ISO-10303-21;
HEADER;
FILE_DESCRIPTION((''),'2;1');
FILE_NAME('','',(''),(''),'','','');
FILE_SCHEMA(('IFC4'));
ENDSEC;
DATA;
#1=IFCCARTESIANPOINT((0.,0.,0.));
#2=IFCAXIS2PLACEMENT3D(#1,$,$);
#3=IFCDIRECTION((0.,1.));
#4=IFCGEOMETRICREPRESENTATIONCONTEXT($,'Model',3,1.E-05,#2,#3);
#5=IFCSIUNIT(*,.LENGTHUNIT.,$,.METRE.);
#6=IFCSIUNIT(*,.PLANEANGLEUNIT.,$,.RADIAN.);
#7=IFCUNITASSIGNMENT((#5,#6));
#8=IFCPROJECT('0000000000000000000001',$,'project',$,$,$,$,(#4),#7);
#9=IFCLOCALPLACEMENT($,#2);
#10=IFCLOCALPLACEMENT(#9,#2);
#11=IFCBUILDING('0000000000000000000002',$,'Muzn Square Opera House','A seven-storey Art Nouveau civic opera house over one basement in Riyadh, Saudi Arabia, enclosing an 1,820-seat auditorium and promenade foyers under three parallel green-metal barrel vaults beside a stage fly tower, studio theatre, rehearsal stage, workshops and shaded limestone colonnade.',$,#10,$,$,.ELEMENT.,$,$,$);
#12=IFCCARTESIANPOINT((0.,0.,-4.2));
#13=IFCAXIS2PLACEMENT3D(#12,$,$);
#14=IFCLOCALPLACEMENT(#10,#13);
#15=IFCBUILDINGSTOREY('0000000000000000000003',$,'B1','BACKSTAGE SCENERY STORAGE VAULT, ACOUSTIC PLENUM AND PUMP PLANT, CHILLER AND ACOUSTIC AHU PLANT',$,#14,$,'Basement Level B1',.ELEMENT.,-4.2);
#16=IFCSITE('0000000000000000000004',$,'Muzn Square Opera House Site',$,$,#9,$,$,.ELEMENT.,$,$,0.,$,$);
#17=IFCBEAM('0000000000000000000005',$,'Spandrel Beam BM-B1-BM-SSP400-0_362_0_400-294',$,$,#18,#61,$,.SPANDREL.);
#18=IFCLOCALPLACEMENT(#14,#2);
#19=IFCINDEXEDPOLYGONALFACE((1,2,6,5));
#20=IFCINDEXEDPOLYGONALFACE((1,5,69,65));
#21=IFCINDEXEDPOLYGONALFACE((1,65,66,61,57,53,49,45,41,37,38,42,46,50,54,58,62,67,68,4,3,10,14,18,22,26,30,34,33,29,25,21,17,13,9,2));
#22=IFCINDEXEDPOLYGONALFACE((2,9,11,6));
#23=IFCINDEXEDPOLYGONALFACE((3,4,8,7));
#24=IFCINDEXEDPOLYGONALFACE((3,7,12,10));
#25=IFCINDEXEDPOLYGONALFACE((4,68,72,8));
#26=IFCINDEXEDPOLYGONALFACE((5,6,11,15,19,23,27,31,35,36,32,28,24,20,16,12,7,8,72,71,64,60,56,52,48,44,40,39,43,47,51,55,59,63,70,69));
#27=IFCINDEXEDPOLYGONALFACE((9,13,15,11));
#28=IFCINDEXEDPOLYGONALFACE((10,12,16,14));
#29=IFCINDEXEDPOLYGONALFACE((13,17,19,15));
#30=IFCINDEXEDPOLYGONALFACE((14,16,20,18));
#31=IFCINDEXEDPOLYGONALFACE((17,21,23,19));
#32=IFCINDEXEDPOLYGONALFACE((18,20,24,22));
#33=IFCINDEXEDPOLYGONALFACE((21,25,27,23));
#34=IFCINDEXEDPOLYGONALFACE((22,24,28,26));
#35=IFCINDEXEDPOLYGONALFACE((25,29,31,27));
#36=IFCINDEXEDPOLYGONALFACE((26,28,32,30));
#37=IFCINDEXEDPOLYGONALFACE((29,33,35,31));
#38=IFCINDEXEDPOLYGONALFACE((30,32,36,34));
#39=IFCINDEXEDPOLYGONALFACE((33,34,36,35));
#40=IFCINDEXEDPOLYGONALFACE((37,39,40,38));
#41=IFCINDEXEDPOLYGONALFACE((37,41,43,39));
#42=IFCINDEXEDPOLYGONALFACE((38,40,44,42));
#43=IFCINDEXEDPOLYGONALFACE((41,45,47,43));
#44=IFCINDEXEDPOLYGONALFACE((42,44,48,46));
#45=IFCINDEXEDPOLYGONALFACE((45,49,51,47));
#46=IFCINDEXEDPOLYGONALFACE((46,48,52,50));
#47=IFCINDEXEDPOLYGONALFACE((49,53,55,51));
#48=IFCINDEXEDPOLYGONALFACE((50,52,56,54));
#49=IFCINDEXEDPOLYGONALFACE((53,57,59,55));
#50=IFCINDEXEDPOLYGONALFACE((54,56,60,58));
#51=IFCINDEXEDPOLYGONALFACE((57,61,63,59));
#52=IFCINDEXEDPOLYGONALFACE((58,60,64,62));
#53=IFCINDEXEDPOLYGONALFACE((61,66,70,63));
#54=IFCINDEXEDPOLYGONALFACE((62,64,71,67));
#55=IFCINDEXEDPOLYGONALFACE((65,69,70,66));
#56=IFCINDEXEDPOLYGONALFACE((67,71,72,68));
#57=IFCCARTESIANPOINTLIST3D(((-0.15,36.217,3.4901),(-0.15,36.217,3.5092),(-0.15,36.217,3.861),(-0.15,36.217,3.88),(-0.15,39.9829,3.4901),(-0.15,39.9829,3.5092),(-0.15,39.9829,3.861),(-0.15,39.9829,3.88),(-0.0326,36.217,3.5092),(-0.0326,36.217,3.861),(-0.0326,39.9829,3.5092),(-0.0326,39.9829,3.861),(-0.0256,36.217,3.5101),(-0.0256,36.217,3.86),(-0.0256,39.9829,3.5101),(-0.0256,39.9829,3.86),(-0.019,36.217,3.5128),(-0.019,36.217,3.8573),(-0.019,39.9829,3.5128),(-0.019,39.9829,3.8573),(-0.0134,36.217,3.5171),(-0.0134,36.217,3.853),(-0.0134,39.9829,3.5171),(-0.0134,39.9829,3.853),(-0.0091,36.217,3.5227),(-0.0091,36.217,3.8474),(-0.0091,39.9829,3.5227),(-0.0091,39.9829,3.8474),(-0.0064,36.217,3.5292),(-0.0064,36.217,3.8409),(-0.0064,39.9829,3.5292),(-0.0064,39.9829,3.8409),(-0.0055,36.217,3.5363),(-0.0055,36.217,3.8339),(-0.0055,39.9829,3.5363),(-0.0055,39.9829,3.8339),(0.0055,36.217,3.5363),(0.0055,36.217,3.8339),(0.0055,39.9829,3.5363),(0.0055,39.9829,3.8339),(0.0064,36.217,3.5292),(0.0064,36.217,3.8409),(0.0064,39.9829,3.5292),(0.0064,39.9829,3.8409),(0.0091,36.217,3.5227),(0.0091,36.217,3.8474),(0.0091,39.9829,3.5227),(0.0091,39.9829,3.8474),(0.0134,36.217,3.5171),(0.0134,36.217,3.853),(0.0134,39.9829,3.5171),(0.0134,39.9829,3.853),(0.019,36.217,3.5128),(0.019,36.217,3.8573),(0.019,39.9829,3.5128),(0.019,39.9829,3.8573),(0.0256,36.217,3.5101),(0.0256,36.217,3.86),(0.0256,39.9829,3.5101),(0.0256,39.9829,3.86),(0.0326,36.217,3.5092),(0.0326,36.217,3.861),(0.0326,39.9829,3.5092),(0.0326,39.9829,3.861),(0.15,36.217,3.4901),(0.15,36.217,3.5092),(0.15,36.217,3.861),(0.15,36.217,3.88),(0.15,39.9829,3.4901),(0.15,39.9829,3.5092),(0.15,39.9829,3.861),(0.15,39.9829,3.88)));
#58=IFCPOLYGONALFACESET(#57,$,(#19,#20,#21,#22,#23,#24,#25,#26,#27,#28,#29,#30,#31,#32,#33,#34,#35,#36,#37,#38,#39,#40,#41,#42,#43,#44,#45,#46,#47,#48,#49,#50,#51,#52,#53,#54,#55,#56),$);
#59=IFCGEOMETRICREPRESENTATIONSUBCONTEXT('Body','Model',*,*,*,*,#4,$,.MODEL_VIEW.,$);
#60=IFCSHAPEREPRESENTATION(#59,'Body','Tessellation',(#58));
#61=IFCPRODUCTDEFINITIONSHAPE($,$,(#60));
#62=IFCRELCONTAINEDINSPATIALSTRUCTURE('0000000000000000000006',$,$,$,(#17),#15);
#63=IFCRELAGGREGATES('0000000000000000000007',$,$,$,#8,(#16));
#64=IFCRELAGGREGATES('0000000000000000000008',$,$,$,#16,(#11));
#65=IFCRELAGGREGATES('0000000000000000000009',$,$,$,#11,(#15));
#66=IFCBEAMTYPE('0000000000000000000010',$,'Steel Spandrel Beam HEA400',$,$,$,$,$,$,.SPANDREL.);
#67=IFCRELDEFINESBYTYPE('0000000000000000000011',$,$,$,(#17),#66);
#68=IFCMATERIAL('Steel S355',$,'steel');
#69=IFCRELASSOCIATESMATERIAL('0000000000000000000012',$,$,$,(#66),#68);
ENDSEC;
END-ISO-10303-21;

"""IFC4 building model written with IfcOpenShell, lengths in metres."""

from ifc_helpers import new_model, si_unit, direction, frame, origin, origin_2d, place, context, subcontext, project, spatial, i_section, extrude, material, material_profile, profile_set, type_object, element, save


model = new_model("IFC4")

# Units and contexts
model_context = context("Model", 3, precision=1e-05, world=origin(), true_north=direction((0.0, 1.0)))
body_context = subcontext(model_context, "Body", "Model", "MODEL_VIEW")
ifc_project = project(units=[si_unit("LENGTHUNIT", "METRE"), si_unit("PLANEANGLEUNIT", "RADIAN")], contexts=[model_context])

# Site, building, storey
site_placement = place(None, origin())
site = spatial("IfcSite", under=ifc_project, at=site_placement, Name="Muzn Square Opera House Site", CompositionType="ELEMENT", RefElevation=0.0)
building_placement = place(site_placement, origin())
building = spatial("IfcBuilding", under=site, at=building_placement, Name="Muzn Square Opera House", Description="A seven-storey Art Nouveau civic opera house over one basement in Riyadh, Saudi Arabia, enclosing an 1,820-seat auditorium and promenade foyers under three parallel green-metal barrel vaults beside a stage fly tower, studio theatre, rehearsal stage, workshops and shaded limestone colonnade.", CompositionType="ELEMENT")
storey_placement = place(building_placement, frame((0.0, 0.0, -4.2)))
storey = spatial("IfcBuildingStorey", under=building, at=storey_placement, Name="B1", Description="BACKSTAGE SCENERY STORAGE VAULT, ACOUSTIC PLENUM AND PUMP PLANT, CHILLER AND ACOUSTIC AHU PLANT", LongName="Basement Level B1", CompositionType="ELEMENT", Elevation=-4.2)

# Beam
ifc_material_1 = material(Name="Steel S355", Category="steel")
ifc_material_profile_1 = material_profile(ifc_material_1, i_section(OverallWidth=0.3, OverallDepth=0.3899, WebThickness=0.011, FlangeThickness=0.019, FilletRadius=0.0271, at=origin_2d()), Name="HEA 400", Category="steel")
ifc_profile_set_1 = profile_set([ifc_material_profile_1], Name="Steel S355")
beam_type_1 = type_object("IfcBeamType", Name="Steel Spandrel Beam HEA400", PredefinedType="SPANDREL", material=ifc_profile_set_1)
beam_1_placement = place(storey_placement, frame((0.0, 36.217, 3.6851), z_axis=(0.0, 1.0, 0.0), x_axis=(-1.0, 0.0, 0.0)))
element("IfcBeam", 1, at=beam_1_placement, inside=storey, type_object=beam_type_1, Name="Spandrel Beam BM-B1-BM-SSP400-0_362_0_400-294", PredefinedType="SPANDREL", context=body_context, shape_type="SweptSolid", body=[
    extrude(i_section(OverallWidth=0.3, OverallDepth=0.3899, WebThickness=0.011, FlangeThickness=0.019, FilletRadius=0.0271, at=origin_2d()), origin(), (0.0, 0.0, 1.0), 3.7659),
])

save(model, "model.ifc")
